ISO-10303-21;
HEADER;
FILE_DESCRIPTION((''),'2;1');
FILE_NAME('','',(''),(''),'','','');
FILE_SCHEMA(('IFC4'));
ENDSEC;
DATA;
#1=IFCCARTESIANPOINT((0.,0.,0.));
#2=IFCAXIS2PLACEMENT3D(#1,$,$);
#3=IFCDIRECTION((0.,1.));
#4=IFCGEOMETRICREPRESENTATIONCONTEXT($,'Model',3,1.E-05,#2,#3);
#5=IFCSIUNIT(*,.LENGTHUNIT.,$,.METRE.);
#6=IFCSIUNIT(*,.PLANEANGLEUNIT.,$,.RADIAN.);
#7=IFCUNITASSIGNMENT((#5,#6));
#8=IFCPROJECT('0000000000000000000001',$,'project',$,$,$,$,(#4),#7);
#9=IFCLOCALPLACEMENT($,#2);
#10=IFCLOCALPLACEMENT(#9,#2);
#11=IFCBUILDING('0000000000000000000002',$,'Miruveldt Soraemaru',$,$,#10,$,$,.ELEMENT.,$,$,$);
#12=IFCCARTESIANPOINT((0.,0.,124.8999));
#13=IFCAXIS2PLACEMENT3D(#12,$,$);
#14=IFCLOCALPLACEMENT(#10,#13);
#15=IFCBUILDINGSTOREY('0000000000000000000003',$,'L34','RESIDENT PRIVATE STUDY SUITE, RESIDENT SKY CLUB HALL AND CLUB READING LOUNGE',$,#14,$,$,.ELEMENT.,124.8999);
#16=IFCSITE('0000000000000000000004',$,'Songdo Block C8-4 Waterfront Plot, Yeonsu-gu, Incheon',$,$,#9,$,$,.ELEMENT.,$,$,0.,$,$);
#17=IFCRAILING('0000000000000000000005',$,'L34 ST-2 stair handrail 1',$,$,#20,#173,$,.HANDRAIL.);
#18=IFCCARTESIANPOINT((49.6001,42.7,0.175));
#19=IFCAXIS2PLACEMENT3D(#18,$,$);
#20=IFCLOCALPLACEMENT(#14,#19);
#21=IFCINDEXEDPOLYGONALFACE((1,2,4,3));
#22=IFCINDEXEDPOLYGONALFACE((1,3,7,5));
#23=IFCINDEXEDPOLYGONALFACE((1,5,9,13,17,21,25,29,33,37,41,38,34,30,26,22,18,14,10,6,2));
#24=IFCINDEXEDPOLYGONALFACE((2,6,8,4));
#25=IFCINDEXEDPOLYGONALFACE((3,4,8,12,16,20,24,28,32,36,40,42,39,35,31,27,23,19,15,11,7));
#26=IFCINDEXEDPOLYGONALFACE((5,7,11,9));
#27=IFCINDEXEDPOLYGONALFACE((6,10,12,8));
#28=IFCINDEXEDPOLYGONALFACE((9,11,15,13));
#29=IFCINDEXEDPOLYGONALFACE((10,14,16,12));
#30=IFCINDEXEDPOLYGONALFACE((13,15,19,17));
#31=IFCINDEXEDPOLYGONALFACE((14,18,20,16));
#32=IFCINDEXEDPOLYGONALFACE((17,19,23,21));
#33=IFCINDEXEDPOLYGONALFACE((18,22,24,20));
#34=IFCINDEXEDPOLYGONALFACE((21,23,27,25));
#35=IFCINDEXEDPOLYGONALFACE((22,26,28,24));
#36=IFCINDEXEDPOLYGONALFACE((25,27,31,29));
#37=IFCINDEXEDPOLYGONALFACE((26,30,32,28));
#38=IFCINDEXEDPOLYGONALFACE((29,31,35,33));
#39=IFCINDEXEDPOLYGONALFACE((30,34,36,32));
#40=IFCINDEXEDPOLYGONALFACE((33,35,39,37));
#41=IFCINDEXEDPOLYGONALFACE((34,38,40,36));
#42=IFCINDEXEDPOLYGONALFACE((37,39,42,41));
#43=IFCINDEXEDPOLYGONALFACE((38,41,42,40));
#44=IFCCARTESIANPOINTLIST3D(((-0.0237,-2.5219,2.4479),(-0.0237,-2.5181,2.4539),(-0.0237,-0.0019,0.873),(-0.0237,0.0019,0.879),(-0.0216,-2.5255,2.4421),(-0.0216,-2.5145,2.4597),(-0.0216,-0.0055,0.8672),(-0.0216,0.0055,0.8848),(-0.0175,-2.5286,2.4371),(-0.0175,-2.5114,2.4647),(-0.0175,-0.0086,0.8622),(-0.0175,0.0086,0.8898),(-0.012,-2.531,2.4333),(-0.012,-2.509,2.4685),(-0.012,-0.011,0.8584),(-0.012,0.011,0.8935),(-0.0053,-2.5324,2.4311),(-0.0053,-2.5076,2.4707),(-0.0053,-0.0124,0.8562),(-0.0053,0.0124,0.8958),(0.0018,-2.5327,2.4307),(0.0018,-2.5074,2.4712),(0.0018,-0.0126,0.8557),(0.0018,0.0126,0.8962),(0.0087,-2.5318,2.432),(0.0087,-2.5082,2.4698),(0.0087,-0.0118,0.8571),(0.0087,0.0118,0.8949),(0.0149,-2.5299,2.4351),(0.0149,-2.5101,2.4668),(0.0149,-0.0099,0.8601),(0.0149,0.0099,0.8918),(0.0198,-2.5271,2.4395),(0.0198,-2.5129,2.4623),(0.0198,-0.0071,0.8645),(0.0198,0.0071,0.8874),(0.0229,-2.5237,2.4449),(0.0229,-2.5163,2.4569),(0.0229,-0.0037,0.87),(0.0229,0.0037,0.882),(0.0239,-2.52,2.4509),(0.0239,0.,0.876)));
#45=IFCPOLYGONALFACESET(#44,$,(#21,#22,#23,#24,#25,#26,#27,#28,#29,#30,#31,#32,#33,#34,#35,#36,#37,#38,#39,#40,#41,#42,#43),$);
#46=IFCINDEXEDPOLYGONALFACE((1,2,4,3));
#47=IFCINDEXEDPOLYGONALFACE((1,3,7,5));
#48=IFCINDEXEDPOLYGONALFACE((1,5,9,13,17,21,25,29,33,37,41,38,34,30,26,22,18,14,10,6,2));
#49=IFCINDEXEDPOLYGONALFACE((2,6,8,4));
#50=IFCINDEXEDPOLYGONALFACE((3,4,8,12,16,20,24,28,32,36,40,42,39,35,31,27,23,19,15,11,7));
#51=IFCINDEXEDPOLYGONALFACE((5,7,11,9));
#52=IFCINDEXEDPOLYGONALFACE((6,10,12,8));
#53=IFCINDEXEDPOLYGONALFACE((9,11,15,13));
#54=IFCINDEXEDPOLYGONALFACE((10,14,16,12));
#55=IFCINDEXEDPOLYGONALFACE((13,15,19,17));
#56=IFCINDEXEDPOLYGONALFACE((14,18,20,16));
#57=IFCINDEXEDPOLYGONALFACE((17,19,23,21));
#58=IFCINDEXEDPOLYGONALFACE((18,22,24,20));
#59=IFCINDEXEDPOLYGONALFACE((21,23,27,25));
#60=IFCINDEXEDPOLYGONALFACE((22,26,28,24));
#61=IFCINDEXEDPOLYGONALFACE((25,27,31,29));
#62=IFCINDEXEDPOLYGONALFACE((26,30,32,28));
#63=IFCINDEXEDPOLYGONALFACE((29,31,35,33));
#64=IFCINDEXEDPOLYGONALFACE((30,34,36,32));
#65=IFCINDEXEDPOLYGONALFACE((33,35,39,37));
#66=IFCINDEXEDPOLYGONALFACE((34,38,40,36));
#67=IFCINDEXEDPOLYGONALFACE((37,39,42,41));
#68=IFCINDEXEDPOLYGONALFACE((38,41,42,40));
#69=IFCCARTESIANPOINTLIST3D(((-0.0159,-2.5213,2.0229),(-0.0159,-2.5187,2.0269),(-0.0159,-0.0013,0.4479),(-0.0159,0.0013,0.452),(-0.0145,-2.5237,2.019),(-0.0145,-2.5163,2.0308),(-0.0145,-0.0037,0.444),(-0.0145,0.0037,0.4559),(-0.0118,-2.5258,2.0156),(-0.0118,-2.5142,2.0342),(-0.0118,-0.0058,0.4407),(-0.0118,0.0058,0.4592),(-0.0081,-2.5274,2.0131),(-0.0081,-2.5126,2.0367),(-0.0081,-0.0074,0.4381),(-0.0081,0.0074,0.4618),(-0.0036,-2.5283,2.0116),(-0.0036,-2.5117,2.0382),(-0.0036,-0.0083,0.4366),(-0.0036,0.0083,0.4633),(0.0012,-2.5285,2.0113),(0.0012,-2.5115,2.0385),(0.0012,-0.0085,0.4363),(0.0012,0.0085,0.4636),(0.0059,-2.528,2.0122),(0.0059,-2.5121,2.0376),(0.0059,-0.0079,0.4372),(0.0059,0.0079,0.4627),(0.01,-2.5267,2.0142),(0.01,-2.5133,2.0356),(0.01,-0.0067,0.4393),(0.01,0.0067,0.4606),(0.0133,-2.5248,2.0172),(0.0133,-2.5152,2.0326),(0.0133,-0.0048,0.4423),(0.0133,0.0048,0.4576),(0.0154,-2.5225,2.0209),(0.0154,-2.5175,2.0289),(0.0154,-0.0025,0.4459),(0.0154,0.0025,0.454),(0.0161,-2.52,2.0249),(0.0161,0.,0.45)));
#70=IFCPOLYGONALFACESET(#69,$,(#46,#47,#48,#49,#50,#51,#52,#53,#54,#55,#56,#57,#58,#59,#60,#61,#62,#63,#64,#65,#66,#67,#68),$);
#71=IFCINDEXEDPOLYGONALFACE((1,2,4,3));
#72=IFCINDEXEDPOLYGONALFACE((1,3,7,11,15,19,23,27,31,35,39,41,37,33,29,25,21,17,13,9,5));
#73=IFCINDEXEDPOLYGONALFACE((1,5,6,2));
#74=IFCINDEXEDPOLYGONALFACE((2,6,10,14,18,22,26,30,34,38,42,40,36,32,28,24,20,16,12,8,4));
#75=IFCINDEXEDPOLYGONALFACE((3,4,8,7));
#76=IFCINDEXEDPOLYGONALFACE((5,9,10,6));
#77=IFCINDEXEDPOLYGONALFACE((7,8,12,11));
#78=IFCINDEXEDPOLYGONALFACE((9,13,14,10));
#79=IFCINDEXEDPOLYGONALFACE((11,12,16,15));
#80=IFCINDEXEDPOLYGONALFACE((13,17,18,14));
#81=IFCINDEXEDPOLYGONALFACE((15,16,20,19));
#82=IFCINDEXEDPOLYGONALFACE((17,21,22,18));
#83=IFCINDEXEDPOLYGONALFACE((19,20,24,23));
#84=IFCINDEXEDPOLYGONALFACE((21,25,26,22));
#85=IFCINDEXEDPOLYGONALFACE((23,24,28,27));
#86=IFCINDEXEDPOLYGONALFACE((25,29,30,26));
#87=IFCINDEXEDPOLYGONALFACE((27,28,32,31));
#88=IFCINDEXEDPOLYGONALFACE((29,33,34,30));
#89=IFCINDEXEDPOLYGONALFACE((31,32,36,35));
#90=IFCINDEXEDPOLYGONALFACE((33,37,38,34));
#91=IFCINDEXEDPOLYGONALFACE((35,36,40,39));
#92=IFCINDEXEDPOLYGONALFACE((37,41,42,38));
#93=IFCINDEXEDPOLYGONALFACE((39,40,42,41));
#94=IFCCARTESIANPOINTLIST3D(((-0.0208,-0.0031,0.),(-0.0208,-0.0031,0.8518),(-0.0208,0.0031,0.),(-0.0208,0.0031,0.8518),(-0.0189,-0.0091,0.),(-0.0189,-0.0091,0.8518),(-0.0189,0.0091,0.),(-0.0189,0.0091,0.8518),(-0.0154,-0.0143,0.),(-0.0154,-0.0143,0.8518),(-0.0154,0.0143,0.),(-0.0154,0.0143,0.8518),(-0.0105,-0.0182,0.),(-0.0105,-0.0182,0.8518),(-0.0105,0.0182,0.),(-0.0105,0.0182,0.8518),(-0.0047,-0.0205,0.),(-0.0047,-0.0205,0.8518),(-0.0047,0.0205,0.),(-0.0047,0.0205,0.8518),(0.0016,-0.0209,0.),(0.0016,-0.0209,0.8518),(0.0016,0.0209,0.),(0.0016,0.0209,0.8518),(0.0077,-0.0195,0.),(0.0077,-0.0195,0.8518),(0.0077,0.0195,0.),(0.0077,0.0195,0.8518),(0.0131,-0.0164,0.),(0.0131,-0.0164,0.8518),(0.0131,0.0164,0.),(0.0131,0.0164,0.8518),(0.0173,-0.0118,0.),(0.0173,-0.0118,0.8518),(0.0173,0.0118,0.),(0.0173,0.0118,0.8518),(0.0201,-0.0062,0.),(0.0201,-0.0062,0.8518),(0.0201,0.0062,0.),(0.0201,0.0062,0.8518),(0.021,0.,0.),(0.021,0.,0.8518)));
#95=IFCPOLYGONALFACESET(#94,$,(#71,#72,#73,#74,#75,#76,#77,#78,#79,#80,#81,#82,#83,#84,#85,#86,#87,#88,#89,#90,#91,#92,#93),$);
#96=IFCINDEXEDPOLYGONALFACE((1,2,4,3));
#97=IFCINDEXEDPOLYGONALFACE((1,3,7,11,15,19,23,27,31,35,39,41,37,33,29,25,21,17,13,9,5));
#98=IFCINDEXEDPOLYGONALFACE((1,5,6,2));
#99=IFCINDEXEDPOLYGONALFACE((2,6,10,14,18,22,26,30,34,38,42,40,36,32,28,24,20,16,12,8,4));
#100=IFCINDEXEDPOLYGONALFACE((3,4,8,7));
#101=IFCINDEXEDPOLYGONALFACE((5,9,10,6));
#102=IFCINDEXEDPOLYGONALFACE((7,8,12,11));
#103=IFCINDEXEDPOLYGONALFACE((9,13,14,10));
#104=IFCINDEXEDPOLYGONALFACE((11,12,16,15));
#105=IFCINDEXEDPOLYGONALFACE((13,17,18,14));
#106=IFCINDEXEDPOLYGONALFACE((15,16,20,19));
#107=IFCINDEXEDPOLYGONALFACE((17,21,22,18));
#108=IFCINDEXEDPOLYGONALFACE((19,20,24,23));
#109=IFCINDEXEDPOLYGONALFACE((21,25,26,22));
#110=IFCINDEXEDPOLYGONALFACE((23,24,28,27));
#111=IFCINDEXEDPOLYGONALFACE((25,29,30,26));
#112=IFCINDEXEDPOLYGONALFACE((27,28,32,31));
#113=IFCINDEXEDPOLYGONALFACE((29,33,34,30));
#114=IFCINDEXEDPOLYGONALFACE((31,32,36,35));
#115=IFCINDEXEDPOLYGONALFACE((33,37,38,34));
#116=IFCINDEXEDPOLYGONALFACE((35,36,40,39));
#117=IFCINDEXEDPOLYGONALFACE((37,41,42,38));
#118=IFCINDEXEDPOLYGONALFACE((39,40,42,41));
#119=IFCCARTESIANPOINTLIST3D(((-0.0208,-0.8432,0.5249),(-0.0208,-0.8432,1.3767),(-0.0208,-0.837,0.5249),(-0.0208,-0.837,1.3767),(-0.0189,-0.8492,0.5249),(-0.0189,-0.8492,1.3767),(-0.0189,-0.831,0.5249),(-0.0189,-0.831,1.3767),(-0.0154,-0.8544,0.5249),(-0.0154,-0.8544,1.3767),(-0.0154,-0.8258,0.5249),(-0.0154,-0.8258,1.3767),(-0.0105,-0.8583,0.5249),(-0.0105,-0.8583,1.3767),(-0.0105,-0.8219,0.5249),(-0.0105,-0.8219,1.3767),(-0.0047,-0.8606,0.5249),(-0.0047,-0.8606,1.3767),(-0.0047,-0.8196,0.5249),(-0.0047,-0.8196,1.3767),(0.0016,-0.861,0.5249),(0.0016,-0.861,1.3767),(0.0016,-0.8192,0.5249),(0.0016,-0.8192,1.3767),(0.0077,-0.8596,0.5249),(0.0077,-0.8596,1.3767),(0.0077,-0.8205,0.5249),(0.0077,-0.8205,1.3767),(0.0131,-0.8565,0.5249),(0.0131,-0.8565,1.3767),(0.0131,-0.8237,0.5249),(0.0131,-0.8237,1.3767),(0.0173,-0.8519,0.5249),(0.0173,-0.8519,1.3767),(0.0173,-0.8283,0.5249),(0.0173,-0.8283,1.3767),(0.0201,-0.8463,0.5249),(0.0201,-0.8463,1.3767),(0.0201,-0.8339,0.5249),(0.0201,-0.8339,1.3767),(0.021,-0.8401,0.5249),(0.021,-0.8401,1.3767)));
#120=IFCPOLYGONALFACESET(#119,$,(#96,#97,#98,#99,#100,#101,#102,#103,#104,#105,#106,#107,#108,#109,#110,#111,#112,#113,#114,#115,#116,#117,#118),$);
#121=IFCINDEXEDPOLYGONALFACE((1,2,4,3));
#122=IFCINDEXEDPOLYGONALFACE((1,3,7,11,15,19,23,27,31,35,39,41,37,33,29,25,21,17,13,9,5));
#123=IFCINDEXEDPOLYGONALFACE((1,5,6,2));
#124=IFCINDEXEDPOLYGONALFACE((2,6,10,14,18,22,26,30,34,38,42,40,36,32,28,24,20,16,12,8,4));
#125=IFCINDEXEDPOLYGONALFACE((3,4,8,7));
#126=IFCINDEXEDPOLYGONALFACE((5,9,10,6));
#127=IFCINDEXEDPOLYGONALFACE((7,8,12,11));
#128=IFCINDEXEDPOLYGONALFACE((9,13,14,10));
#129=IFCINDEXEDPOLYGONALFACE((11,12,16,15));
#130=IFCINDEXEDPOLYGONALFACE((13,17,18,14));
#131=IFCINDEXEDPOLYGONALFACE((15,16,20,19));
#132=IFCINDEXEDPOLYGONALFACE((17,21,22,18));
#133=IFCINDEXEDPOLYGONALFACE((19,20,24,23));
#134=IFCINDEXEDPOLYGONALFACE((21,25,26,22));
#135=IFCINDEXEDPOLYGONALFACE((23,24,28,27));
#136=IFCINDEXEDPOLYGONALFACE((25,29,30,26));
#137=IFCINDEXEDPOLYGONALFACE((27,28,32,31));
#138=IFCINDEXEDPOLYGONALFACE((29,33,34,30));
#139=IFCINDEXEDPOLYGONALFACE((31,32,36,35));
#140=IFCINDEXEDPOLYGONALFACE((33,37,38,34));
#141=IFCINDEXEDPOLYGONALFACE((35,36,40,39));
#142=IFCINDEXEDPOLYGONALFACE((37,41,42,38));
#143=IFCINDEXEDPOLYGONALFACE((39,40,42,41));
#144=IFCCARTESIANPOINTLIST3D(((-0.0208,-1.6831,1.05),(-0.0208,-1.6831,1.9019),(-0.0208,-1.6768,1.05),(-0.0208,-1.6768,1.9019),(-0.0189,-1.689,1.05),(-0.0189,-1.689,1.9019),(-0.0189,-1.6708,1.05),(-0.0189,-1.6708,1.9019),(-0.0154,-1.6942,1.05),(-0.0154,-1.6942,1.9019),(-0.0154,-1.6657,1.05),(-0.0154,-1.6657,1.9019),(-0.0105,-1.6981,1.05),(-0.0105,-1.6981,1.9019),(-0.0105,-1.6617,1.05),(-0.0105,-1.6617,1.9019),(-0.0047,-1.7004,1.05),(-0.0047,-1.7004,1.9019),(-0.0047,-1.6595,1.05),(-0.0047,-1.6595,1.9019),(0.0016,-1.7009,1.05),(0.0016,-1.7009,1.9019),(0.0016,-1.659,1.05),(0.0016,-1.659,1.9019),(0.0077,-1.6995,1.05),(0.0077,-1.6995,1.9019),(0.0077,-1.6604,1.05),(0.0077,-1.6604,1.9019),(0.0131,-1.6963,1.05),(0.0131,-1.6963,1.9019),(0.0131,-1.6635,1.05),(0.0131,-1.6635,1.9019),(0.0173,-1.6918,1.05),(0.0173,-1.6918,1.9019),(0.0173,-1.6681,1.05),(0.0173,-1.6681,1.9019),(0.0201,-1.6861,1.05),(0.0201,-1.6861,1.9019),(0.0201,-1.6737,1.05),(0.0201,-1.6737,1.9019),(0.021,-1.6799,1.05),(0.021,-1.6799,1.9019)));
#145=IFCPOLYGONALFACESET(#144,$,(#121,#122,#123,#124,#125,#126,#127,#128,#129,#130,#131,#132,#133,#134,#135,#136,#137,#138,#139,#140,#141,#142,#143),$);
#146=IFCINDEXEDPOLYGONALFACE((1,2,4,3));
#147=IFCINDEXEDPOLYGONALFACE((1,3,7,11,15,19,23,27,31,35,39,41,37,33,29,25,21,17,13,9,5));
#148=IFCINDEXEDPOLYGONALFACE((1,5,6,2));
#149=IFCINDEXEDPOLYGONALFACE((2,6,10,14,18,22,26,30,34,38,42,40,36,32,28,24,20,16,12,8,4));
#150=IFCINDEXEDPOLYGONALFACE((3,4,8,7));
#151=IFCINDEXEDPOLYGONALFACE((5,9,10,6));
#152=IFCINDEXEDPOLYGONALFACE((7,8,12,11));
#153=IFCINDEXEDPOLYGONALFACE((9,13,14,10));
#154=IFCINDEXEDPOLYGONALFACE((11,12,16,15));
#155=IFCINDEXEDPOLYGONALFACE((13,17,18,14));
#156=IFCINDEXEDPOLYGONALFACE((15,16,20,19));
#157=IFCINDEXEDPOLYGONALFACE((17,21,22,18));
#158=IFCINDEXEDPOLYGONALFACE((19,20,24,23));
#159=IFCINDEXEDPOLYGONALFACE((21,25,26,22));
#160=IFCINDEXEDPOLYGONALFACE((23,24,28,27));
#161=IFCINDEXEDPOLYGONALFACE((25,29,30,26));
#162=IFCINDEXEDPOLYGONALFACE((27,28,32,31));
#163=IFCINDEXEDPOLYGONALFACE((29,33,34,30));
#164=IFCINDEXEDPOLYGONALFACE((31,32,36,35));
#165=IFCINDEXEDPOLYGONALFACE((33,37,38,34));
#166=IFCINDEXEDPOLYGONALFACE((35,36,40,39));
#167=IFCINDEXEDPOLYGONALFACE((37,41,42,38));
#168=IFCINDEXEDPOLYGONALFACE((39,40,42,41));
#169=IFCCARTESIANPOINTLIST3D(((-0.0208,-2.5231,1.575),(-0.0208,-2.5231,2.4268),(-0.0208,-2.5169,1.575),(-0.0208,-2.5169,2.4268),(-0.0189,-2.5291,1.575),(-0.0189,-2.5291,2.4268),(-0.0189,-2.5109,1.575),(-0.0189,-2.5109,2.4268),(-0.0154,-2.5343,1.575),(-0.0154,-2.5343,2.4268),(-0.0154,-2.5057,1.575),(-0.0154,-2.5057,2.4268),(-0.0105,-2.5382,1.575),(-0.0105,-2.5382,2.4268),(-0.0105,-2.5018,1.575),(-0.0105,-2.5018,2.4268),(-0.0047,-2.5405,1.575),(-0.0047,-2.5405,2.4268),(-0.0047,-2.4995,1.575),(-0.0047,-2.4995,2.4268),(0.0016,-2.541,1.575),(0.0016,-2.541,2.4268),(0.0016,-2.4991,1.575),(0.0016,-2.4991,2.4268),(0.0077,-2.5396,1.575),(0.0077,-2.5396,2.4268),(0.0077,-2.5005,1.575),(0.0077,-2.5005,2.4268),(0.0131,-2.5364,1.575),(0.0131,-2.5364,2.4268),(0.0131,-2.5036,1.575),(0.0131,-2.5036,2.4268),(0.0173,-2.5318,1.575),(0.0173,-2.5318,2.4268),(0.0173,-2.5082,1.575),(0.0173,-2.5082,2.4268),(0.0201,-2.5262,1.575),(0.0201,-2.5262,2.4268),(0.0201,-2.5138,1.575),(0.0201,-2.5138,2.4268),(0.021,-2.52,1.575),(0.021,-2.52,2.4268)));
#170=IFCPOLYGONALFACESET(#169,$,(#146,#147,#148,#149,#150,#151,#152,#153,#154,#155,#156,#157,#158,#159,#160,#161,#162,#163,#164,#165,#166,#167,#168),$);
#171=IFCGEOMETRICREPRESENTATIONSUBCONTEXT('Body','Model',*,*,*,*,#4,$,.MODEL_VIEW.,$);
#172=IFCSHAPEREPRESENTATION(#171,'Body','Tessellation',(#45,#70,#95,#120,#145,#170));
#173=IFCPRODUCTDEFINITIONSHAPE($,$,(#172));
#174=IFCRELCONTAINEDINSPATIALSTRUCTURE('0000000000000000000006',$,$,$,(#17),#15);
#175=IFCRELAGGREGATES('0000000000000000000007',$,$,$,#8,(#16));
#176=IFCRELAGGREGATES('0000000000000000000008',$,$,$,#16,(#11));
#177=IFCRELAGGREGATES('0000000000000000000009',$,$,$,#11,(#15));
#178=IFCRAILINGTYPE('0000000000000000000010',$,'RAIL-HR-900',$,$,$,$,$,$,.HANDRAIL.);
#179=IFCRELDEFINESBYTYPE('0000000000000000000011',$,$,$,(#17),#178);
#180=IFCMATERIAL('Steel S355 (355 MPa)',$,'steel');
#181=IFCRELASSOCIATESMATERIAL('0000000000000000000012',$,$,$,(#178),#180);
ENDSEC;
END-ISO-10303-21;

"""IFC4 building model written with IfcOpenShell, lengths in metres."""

from ifc_helpers import new_model, si_unit, direction, frame, origin, origin_2d, place, context, subcontext, project, spatial, circle, extrude, material, type_object, element, save


model = new_model("IFC4")

# Units and contexts
model_context = context("Model", 3, precision=1e-05, world=origin(), true_north=direction((0.0, 1.0)))
body_context = subcontext(model_context, "Body", "Model", "MODEL_VIEW")
ifc_project = project(units=[si_unit("LENGTHUNIT", "METRE"), si_unit("PLANEANGLEUNIT", "RADIAN")], contexts=[model_context])

# Site, building, storey
site_placement = place(None, origin())
site = spatial("IfcSite", under=ifc_project, at=site_placement, Name="Songdo Block C8-4 Waterfront Plot, Yeonsu-gu, Incheon", CompositionType="ELEMENT", RefElevation=0.0)
building_placement = place(site_placement, origin())
building = spatial("IfcBuilding", under=site, at=building_placement, Name="Miruveldt Soraemaru", CompositionType="ELEMENT")
storey_placement = place(building_placement, frame((0.0, 0.0, 124.8999)))
storey = spatial("IfcBuildingStorey", under=building, at=storey_placement, Name="L34", Description="RESIDENT PRIVATE STUDY SUITE, RESIDENT SKY CLUB HALL AND CLUB READING LOUNGE", CompositionType="ELEMENT", Elevation=124.8999)

# Railing
ifc_material_1 = material(Name="Steel S355 (355 MPa)", Category="steel")
railing_type_1 = type_object("IfcRailingType", Name="RAIL-HR-900", PredefinedType="HANDRAIL", material=ifc_material_1)
railing_1_placement = place(storey_placement, frame((49.6001, 42.7, 0.175)))
element("IfcRailing", 1, at=railing_1_placement, inside=storey, type_object=railing_type_1, Name="L34 ST-2 stair handrail 1", PredefinedType="HANDRAIL", context=body_context, shape_type="SweptSolid", body=[
    extrude(circle(Radius=0.0239, at=origin_2d()), frame((0.0, 0.0, 0.876), z_axis=(0.0, -0.848008, 0.529984), x_axis=(1.0, 0.0, 0.0)), (0.0, 0.0, 1.0), 2.9717),
    extrude(circle(Radius=0.0161, at=origin_2d()), frame((0.0, 0.0, 0.45), z_axis=(0.0, -0.848008, 0.529984), x_axis=(1.0, 0.0, 0.0)), (0.0, 0.0, 1.0), 2.9717),
    extrude(circle(Radius=0.021, at=origin_2d()), origin(), (0.0, 0.0, 1.0), 0.8518),
    extrude(circle(Radius=0.021, at=origin_2d()), frame((0.0, -0.8401, 0.5249)), (0.0, 0.0, 1.0), 0.8518),
    extrude(circle(Radius=0.021, at=origin_2d()), frame((0.0, -1.6799, 1.05)), (0.0, 0.0, 1.0), 0.8518),
    extrude(circle(Radius=0.021, at=origin_2d()), frame((0.0, -2.52, 1.575)), (0.0, 0.0, 1.0), 0.8518),
])

save(model, "model.ifc")
